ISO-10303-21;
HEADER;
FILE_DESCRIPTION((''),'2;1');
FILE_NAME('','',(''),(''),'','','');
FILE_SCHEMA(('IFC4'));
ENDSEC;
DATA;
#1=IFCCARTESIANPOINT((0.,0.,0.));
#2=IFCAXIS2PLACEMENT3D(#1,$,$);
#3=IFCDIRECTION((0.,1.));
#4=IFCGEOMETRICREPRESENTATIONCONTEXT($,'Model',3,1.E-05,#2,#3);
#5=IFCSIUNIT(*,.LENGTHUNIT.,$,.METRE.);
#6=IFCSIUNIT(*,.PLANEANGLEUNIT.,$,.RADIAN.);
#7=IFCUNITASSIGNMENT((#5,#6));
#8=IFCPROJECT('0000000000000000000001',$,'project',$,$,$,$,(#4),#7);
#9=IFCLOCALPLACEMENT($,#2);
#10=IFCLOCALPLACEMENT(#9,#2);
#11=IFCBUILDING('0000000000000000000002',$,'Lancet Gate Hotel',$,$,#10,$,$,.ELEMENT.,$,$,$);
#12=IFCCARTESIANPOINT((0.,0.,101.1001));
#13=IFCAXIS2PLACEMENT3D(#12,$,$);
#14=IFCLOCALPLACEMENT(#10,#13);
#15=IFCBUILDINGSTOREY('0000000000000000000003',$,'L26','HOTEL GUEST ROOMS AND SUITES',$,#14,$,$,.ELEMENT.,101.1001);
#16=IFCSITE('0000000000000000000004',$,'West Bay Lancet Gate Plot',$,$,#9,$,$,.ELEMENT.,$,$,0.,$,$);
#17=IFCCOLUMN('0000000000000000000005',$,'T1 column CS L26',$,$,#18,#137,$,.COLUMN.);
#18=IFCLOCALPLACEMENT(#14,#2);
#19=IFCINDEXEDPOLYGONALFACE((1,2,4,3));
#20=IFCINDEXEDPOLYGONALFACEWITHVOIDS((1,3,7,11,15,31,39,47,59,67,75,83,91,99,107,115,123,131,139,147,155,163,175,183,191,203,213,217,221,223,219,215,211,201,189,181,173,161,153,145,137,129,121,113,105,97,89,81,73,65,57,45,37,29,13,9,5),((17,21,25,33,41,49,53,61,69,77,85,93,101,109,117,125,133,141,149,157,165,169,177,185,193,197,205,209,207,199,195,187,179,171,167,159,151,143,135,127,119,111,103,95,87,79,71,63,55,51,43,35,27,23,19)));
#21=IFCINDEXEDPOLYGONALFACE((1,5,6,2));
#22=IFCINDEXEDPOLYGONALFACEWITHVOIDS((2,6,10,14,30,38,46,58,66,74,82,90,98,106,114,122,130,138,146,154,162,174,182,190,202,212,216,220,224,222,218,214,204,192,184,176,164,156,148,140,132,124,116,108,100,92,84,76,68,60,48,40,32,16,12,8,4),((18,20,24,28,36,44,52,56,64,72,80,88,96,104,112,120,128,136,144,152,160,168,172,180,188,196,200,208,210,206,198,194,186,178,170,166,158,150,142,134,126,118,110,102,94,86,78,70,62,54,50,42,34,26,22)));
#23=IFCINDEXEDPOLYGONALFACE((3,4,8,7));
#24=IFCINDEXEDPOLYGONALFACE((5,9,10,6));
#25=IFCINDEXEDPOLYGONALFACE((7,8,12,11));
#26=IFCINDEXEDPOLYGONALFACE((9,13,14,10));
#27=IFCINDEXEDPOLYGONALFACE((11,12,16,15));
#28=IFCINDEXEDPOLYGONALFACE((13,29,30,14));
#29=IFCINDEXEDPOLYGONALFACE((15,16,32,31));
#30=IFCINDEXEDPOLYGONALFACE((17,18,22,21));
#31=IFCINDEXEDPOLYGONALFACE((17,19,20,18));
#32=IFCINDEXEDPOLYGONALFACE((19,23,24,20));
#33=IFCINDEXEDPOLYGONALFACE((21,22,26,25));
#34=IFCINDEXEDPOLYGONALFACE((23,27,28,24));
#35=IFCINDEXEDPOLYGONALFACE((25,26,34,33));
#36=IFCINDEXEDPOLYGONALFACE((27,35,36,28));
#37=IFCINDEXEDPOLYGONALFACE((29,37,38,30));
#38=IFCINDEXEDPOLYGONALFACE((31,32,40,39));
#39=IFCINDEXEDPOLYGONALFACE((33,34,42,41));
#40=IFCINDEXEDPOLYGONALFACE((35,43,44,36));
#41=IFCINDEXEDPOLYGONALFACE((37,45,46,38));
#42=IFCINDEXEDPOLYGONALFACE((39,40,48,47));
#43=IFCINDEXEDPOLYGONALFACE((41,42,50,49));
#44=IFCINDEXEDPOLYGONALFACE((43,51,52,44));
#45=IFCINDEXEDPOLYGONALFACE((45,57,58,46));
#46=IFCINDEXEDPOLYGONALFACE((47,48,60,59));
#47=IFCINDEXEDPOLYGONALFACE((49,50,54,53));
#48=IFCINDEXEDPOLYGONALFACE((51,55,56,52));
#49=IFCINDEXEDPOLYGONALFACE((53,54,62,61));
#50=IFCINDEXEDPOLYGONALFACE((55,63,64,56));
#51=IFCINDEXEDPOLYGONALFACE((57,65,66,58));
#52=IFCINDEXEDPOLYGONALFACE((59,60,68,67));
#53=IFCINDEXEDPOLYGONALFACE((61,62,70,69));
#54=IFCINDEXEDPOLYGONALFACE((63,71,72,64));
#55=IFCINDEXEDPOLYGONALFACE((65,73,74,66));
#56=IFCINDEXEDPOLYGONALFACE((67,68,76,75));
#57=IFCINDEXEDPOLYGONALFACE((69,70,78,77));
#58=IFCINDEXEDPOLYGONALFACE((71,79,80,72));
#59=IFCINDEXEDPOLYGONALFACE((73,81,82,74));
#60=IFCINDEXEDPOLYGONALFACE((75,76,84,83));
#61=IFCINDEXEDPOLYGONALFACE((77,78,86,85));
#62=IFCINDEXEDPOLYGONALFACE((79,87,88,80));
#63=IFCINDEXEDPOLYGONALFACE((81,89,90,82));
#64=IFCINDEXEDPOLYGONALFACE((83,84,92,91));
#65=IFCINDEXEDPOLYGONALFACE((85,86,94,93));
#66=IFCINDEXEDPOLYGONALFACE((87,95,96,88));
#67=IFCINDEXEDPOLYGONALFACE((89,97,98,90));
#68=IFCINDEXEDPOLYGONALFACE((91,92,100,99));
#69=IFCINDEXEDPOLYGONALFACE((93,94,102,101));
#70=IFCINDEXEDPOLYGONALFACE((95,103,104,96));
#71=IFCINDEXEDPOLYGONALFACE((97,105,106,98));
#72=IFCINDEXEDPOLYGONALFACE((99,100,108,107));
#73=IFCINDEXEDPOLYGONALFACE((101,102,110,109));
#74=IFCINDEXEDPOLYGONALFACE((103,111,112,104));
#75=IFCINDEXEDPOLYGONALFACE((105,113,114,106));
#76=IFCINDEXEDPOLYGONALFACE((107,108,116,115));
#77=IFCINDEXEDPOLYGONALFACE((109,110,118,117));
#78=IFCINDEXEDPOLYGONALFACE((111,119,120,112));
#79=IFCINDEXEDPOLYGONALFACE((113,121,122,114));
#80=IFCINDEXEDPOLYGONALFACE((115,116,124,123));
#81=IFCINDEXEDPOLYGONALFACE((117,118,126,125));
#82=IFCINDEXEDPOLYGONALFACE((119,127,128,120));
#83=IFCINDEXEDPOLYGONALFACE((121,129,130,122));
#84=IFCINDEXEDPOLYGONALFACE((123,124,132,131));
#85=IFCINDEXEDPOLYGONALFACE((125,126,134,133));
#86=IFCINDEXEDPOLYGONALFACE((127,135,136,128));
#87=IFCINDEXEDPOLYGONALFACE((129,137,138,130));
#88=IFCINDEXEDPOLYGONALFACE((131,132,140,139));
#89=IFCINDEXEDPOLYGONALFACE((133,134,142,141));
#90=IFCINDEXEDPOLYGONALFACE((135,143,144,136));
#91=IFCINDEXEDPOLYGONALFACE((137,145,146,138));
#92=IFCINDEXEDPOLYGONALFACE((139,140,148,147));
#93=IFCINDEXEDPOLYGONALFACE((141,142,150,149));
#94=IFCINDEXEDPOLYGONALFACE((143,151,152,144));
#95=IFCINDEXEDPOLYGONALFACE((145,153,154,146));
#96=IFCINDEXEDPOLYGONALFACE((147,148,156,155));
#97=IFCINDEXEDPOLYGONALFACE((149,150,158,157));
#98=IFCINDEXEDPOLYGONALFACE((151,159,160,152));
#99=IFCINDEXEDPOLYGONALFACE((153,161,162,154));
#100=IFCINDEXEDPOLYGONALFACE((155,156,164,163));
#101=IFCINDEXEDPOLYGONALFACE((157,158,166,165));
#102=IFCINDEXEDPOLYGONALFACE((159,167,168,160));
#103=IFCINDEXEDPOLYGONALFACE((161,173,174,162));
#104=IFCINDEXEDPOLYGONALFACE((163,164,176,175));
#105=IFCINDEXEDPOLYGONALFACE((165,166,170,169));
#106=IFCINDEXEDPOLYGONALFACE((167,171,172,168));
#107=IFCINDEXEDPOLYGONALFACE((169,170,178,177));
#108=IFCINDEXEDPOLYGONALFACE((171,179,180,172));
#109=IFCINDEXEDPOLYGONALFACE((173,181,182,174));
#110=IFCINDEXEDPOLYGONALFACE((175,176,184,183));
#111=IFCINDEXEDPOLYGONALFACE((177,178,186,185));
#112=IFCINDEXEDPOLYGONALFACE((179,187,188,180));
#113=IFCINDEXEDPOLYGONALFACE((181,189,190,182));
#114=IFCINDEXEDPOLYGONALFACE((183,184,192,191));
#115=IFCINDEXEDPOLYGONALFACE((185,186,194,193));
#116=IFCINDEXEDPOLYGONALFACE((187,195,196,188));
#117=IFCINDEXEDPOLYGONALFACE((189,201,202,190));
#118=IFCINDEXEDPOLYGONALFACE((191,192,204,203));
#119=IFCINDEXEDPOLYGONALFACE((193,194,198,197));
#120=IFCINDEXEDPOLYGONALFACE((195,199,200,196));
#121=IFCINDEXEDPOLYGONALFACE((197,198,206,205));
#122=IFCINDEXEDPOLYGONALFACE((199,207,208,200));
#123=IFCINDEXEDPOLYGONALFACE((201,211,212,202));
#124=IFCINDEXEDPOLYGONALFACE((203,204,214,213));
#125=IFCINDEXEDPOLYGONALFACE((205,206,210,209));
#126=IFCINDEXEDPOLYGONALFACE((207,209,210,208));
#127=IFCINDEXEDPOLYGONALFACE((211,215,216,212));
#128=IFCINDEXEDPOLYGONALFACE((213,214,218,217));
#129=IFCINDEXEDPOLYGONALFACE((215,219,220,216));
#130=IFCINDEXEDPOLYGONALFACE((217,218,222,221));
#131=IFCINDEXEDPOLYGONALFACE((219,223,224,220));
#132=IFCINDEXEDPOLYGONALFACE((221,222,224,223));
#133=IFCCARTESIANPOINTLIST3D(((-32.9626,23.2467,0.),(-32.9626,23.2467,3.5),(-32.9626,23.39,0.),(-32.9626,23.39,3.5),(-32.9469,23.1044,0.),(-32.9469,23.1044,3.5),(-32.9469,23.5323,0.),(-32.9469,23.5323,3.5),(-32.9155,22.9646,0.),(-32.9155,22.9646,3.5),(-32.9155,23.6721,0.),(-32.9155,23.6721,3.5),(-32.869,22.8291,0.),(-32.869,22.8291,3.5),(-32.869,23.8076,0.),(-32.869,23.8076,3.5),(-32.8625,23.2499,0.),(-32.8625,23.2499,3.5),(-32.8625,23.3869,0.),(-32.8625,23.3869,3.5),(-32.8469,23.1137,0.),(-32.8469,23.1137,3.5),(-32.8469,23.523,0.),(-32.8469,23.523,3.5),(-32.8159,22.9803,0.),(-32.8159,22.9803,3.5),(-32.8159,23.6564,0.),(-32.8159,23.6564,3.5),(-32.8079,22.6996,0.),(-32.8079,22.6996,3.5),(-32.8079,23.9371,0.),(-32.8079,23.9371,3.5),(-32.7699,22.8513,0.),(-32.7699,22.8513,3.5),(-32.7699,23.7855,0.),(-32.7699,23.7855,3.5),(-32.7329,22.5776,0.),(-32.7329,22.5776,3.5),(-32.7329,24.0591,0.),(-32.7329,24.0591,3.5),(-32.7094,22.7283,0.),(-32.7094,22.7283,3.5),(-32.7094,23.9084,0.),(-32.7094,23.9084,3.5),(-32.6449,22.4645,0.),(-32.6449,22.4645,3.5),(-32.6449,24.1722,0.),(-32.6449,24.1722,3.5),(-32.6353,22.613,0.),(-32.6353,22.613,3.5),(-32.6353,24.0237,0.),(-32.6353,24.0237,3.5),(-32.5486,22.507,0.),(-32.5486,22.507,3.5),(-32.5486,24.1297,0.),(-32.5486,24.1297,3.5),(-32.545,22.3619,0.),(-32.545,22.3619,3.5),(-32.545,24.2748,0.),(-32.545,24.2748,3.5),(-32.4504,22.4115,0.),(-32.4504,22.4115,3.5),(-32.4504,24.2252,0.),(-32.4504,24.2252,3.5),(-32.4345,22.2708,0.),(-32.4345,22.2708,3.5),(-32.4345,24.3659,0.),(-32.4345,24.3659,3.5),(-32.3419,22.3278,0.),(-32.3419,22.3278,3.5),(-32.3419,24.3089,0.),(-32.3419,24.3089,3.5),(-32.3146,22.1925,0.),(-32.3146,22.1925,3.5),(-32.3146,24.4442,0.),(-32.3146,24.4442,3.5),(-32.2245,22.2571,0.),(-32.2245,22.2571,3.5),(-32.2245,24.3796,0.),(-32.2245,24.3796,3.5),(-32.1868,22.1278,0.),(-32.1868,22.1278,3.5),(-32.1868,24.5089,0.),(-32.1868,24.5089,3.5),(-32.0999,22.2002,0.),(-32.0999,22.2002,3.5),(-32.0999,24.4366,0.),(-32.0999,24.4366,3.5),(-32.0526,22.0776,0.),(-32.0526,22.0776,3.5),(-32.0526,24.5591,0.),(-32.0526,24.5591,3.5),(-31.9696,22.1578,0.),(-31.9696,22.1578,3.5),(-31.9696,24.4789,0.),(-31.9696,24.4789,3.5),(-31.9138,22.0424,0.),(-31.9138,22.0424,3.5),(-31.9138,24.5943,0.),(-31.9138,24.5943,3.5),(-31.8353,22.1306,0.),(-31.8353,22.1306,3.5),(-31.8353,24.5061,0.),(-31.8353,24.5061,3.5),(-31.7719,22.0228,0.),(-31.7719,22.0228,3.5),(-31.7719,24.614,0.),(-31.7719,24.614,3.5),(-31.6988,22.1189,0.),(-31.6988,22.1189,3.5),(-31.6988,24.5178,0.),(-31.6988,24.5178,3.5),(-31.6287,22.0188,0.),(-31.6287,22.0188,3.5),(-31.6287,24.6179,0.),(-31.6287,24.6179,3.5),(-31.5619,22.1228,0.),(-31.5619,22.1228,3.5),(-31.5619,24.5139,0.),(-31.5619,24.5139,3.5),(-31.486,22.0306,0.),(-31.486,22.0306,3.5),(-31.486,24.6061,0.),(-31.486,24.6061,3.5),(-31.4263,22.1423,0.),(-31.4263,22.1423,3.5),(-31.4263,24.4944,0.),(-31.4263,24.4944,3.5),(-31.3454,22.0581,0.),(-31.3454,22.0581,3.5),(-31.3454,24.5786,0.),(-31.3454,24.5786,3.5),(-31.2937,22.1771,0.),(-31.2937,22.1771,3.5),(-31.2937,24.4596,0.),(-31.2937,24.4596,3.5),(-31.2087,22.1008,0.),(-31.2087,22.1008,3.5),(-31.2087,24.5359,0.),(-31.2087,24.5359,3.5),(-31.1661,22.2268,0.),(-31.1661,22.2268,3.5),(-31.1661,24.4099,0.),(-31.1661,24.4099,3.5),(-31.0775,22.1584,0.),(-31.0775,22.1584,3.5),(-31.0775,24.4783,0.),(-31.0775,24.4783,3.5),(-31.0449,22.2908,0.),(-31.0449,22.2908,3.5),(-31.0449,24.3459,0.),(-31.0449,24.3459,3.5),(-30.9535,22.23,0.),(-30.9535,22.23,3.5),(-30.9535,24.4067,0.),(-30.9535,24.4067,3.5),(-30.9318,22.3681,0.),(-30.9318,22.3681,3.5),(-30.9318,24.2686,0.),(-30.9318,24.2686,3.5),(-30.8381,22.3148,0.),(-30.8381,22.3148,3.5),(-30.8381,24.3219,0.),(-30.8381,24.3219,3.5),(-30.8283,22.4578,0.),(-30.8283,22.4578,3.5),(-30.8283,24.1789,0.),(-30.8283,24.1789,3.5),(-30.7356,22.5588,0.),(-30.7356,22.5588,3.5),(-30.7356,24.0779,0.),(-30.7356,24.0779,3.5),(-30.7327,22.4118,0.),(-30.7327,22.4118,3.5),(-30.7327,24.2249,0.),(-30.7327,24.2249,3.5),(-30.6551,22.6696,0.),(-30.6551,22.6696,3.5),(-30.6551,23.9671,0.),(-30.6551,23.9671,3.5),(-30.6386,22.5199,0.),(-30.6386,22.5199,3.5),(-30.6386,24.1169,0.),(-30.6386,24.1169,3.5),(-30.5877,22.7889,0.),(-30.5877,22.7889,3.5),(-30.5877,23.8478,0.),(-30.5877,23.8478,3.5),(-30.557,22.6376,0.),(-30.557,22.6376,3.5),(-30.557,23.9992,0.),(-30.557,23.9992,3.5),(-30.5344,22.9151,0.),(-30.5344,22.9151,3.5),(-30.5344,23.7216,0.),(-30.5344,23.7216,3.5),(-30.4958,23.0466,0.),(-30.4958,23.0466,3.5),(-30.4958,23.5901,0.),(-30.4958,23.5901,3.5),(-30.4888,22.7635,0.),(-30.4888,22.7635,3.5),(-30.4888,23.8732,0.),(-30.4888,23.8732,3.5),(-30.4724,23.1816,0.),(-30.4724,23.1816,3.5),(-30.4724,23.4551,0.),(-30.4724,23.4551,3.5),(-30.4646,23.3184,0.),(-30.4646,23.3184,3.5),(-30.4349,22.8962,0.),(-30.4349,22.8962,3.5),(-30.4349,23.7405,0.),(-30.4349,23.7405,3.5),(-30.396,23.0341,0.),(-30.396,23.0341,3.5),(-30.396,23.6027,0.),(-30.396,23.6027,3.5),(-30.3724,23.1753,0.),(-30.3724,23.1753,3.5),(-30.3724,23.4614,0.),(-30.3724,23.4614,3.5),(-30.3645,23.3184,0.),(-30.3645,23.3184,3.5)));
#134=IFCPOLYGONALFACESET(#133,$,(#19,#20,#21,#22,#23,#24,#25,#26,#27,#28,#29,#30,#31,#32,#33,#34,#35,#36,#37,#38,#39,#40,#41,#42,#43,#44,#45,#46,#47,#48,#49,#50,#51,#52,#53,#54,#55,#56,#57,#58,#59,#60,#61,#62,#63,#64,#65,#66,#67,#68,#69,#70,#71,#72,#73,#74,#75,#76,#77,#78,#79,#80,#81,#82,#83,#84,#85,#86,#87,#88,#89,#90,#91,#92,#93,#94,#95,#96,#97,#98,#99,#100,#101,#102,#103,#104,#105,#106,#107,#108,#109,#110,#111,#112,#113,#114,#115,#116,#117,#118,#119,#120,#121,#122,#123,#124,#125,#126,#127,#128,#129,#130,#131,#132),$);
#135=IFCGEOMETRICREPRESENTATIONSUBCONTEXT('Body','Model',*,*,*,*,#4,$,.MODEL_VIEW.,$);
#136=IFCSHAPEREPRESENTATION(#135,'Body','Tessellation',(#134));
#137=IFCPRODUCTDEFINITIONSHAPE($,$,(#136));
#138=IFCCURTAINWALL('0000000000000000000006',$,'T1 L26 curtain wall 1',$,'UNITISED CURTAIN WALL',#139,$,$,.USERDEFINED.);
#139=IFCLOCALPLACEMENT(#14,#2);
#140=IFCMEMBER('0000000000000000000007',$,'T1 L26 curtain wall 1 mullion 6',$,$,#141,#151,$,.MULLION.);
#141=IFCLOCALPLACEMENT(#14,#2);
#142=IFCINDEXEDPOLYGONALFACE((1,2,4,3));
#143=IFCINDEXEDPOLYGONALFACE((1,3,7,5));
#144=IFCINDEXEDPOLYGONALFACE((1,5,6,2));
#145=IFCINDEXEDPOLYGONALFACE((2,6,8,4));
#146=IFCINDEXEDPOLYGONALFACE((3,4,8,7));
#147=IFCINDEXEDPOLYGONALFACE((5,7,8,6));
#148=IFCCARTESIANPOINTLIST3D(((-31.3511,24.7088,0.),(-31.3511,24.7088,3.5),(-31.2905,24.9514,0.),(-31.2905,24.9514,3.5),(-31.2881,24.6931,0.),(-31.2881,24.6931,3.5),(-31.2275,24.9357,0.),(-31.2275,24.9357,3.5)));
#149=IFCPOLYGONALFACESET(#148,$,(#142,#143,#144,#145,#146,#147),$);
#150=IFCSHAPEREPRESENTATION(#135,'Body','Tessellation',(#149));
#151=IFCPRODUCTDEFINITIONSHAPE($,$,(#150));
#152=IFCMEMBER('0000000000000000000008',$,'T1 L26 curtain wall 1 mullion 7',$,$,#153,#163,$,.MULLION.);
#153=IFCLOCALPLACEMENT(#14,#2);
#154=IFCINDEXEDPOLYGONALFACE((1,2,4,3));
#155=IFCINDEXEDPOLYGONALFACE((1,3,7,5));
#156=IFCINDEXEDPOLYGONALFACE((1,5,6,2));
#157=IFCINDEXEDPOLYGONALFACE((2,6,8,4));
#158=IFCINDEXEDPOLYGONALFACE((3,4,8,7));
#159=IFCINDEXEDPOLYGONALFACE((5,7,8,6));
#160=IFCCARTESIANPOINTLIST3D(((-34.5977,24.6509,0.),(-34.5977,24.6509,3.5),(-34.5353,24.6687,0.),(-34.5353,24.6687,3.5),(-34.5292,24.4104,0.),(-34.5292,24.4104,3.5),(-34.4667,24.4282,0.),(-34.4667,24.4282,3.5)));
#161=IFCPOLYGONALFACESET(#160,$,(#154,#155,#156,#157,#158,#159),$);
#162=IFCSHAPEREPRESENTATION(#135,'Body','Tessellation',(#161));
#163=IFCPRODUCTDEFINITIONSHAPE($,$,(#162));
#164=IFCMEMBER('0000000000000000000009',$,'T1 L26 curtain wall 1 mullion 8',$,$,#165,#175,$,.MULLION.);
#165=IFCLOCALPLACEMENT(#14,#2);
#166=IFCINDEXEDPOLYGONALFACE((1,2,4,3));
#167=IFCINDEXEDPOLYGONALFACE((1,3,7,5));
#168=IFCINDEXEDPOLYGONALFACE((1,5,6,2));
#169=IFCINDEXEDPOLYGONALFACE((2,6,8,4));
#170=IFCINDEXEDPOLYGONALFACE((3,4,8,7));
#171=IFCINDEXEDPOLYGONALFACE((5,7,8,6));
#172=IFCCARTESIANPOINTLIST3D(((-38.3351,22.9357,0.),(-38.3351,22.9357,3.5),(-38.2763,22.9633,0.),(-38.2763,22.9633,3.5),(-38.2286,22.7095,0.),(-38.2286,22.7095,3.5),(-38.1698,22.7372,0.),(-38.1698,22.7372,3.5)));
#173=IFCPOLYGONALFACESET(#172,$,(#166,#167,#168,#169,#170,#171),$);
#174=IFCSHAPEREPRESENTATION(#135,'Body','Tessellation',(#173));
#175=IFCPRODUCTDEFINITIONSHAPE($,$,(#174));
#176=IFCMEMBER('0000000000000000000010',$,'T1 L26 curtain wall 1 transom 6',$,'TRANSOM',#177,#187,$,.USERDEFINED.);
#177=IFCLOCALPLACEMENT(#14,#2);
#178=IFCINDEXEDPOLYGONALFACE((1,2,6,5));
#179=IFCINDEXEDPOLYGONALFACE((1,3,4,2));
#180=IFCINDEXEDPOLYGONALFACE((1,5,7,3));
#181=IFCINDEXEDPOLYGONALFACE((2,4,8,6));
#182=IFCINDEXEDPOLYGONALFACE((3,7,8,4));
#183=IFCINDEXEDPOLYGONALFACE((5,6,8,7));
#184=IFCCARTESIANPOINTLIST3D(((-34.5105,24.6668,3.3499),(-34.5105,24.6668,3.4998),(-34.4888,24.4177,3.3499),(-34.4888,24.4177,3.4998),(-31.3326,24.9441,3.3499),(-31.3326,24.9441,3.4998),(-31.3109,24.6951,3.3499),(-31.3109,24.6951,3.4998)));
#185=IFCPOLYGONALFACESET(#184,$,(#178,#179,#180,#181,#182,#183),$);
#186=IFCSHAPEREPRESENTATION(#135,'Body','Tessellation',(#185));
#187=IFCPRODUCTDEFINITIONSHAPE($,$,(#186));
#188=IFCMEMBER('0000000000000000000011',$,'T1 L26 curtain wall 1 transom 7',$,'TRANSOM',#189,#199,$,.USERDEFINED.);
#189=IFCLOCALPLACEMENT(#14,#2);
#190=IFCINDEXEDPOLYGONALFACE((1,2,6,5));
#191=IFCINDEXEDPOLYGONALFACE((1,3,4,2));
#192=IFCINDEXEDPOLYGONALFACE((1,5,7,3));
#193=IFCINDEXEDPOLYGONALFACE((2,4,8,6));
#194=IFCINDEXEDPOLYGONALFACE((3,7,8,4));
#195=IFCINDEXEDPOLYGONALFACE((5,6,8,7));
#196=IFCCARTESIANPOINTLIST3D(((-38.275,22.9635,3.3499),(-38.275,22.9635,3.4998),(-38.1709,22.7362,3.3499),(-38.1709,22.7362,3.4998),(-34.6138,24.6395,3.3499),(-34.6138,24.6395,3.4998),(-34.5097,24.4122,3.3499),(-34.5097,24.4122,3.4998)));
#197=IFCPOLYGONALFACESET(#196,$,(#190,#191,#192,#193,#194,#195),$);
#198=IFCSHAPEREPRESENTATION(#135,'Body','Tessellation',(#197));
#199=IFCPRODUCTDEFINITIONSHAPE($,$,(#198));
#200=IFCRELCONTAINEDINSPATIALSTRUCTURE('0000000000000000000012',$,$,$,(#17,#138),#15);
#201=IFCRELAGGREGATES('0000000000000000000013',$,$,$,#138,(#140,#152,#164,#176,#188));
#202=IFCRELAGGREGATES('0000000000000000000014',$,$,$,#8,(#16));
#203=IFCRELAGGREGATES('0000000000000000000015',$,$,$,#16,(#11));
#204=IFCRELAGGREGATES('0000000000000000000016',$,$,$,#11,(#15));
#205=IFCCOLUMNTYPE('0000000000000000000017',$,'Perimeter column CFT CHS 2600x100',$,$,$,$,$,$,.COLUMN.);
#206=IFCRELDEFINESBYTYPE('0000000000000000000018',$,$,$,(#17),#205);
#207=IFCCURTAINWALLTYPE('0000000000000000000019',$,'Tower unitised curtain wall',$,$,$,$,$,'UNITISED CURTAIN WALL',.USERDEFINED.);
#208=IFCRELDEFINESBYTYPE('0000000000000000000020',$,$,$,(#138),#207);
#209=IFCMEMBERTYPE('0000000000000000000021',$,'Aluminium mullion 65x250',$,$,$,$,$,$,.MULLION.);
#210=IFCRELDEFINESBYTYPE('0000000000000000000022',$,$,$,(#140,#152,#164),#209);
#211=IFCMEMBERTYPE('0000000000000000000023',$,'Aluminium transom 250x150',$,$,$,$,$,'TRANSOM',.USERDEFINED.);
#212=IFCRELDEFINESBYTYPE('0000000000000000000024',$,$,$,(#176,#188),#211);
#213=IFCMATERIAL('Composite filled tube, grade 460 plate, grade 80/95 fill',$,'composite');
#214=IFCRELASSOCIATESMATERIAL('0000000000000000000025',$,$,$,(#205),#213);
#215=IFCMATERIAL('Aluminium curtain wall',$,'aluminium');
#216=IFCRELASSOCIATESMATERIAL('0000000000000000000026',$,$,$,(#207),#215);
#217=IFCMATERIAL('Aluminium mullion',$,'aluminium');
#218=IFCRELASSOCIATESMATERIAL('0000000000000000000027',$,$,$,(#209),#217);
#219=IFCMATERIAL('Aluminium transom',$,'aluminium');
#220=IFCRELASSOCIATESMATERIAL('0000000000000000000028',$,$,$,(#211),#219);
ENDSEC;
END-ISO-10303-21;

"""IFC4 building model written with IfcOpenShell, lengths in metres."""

from ifc_helpers import new_model, si_unit, direction, frame, origin, origin_2d, place, context, subcontext, project, spatial, rectangle, hollow_circle, extrude, material, material_profile, profile_set, type_object, element, aggregate, save


model = new_model("IFC4")

# Units and contexts
model_context = context("Model", 3, precision=1e-05, world=origin(), true_north=direction((0.0, 1.0)))
body_context = subcontext(model_context, "Body", "Model", "MODEL_VIEW")
ifc_project = project(units=[si_unit("LENGTHUNIT", "METRE"), si_unit("PLANEANGLEUNIT", "RADIAN")], contexts=[model_context])

# Site, building, storey
site_placement = place(None, origin())
site = spatial("IfcSite", under=ifc_project, at=site_placement, Name="West Bay Lancet Gate Plot", CompositionType="ELEMENT", RefElevation=0.0)
building_placement = place(site_placement, origin())
building = spatial("IfcBuilding", under=site, at=building_placement, Name="Lancet Gate Hotel", CompositionType="ELEMENT")
storey_placement = place(building_placement, frame((0.0, 0.0, 101.1001)))
storey = spatial("IfcBuildingStorey", under=building, at=storey_placement, Name="L26", Description="HOTEL GUEST ROOMS AND SUITES", CompositionType="ELEMENT", Elevation=101.1001)

# Column
ifc_material_1 = material(Name="Composite filled tube, grade 460 plate, grade 80/95 fill", Category="composite")
ifc_material_profile_1 = material_profile(ifc_material_1, hollow_circle(Radius=1.3, WallThickness=0.1001, at=origin_2d()), Name="CHS 2600x100")
ifc_profile_set_1 = profile_set([ifc_material_profile_1], Name="Composite filled tube, grade 460 plate, grade 80/95 fill")
column_type = type_object("IfcColumnType", Name="Perimeter column CFT CHS 2600x100", PredefinedType="COLUMN", material=ifc_profile_set_1)
column_placement = place(storey_placement, frame((-31.6646, 23.3184, 0.0), z_axis=(0.0, 0.0, 1.0), x_axis=(1.0, 0.0, 0.0)))
element("IfcColumn", 1, at=column_placement, inside=storey, type_object=column_type, Name="T1 column CS L26", PredefinedType="COLUMN", context=body_context, shape_type="SweptSolid", body=[
    extrude(hollow_circle(Radius=1.3, WallThickness=0.1001, at=origin_2d()), origin(), (0.0, 0.0, 1.0), 3.5),
])

# Curtain wall, members
ifc_material_2 = material(Name="Aluminium curtain wall", Category="aluminium")
curtain_wall_type = type_object("IfcCurtainWallType", Name="Tower unitised curtain wall", ElementType="UNITISED CURTAIN WALL", PredefinedType="USERDEFINED", material=ifc_material_2)
curtain_wall_placement = place(storey_placement, origin())
curtain_wall = element("IfcCurtainWall", 2, at=curtain_wall_placement, inside=storey, type_object=curtain_wall_type, Name="T1 L26 curtain wall 1", ObjectType="UNITISED CURTAIN WALL", PredefinedType="USERDEFINED")
ifc_material_3 = material(Name="Aluminium mullion", Category="aluminium")
ifc_material_profile_2 = material_profile(ifc_material_3, rectangle(XDim=0.0649, YDim=0.25, at=origin_2d()), Name="MULLION 65x250")
ifc_profile_set_2 = profile_set([ifc_material_profile_2], Name="Aluminium mullion")
member_type_1 = type_object("IfcMemberType", Name="Aluminium mullion 65x250", PredefinedType="MULLION", material=ifc_profile_set_2)
member_1_placement = place(storey_placement, frame((-31.2893, 24.8223, 0.0), z_axis=(0.0, 0.0, 1.0), x_axis=(-0.970242, 0.242137, 0.0)))
member_1 = element("IfcMember", 3, at=member_1_placement, type_object=member_type_1, Name="T1 L26 curtain wall 1 mullion 6", PredefinedType="MULLION", context=body_context, shape_type="SweptSolid", body=[
    extrude(rectangle(XDim=0.0649, YDim=0.25, at=origin_2d()), origin(), (0.0, 0.0, 1.0), 3.5),
])
member_2_placement = place(storey_placement, frame((-34.5322, 24.5396, 0.0), z_axis=(0.0, 0.0, 1.0), x_axis=(-0.961653, -0.274268, 0.0)))
member_2 = element("IfcMember", 4, at=member_2_placement, type_object=member_type_1, Name="T1 L26 curtain wall 1 mullion 7", PredefinedType="MULLION", context=body_context, shape_type="SweptSolid", body=[
    extrude(rectangle(XDim=0.0649, YDim=0.25, at=origin_2d()), origin(), (0.0, 0.0, 1.0), 3.5),
])
member_3_placement = place(storey_placement, frame((-38.2524, 22.8364, 0.0), z_axis=(0.0, 0.0, 1.0), x_axis=(-0.90472, -0.426008, 0.0)))
member_3 = element("IfcMember", 5, at=member_3_placement, type_object=member_type_1, Name="T1 L26 curtain wall 1 mullion 8", PredefinedType="MULLION", context=body_context, shape_type="SweptSolid", body=[
    extrude(rectangle(XDim=0.0649, YDim=0.25, at=origin_2d()), origin(), (0.0, 0.0, 1.0), 3.5),
])
ifc_material_4 = material(Name="Aluminium transom", Category="aluminium")
ifc_material_profile_3 = material_profile(ifc_material_4, rectangle(XDim=0.25, YDim=0.1499, at=origin_2d()), Name="TRANSOM 250x150")
ifc_profile_set_3 = profile_set([ifc_material_profile_3], Name="Aluminium transom")
member_type_2 = type_object("IfcMemberType", Name="Aluminium transom 250x150", ElementType="TRANSOM", PredefinedType="USERDEFINED", material=ifc_profile_set_3)
member_4_placement = place(storey_placement, frame((-31.3218, 24.8196, 3.4248), z_axis=(-0.996214, -0.08694, 0.0), x_axis=(0.08694, -0.996214, 0.0)))
member_4 = element("IfcMember", 6, at=member_4_placement, type_object=member_type_2, Name="T1 L26 curtain wall 1 transom 6", ObjectType="TRANSOM", PredefinedType="USERDEFINED", context=body_context, shape_type="SweptSolid", body=[
    extrude(rectangle(XDim=0.25, YDim=0.1499, at=origin_2d()), origin(), (0.0, 0.0, 1.0), 3.1899),
])
member_5_placement = place(storey_placement, frame((-34.5618, 24.5259, 3.4248), z_axis=(-0.909252, -0.416245, 0.0), x_axis=(0.416245, -0.909252, 0.0)))
member_5 = element("IfcMember", 7, at=member_5_placement, type_object=member_type_2, Name="T1 L26 curtain wall 1 transom 7", ObjectType="TRANSOM", PredefinedType="USERDEFINED", context=body_context, shape_type="SweptSolid", body=[
    extrude(rectangle(XDim=0.25, YDim=0.1499, at=origin_2d()), origin(), (0.0, 0.0, 1.0), 4.0266),
])

aggregate(curtain_wall, [member_1, member_2, member_3, member_4, member_5])

save(model, "model.ifc")
